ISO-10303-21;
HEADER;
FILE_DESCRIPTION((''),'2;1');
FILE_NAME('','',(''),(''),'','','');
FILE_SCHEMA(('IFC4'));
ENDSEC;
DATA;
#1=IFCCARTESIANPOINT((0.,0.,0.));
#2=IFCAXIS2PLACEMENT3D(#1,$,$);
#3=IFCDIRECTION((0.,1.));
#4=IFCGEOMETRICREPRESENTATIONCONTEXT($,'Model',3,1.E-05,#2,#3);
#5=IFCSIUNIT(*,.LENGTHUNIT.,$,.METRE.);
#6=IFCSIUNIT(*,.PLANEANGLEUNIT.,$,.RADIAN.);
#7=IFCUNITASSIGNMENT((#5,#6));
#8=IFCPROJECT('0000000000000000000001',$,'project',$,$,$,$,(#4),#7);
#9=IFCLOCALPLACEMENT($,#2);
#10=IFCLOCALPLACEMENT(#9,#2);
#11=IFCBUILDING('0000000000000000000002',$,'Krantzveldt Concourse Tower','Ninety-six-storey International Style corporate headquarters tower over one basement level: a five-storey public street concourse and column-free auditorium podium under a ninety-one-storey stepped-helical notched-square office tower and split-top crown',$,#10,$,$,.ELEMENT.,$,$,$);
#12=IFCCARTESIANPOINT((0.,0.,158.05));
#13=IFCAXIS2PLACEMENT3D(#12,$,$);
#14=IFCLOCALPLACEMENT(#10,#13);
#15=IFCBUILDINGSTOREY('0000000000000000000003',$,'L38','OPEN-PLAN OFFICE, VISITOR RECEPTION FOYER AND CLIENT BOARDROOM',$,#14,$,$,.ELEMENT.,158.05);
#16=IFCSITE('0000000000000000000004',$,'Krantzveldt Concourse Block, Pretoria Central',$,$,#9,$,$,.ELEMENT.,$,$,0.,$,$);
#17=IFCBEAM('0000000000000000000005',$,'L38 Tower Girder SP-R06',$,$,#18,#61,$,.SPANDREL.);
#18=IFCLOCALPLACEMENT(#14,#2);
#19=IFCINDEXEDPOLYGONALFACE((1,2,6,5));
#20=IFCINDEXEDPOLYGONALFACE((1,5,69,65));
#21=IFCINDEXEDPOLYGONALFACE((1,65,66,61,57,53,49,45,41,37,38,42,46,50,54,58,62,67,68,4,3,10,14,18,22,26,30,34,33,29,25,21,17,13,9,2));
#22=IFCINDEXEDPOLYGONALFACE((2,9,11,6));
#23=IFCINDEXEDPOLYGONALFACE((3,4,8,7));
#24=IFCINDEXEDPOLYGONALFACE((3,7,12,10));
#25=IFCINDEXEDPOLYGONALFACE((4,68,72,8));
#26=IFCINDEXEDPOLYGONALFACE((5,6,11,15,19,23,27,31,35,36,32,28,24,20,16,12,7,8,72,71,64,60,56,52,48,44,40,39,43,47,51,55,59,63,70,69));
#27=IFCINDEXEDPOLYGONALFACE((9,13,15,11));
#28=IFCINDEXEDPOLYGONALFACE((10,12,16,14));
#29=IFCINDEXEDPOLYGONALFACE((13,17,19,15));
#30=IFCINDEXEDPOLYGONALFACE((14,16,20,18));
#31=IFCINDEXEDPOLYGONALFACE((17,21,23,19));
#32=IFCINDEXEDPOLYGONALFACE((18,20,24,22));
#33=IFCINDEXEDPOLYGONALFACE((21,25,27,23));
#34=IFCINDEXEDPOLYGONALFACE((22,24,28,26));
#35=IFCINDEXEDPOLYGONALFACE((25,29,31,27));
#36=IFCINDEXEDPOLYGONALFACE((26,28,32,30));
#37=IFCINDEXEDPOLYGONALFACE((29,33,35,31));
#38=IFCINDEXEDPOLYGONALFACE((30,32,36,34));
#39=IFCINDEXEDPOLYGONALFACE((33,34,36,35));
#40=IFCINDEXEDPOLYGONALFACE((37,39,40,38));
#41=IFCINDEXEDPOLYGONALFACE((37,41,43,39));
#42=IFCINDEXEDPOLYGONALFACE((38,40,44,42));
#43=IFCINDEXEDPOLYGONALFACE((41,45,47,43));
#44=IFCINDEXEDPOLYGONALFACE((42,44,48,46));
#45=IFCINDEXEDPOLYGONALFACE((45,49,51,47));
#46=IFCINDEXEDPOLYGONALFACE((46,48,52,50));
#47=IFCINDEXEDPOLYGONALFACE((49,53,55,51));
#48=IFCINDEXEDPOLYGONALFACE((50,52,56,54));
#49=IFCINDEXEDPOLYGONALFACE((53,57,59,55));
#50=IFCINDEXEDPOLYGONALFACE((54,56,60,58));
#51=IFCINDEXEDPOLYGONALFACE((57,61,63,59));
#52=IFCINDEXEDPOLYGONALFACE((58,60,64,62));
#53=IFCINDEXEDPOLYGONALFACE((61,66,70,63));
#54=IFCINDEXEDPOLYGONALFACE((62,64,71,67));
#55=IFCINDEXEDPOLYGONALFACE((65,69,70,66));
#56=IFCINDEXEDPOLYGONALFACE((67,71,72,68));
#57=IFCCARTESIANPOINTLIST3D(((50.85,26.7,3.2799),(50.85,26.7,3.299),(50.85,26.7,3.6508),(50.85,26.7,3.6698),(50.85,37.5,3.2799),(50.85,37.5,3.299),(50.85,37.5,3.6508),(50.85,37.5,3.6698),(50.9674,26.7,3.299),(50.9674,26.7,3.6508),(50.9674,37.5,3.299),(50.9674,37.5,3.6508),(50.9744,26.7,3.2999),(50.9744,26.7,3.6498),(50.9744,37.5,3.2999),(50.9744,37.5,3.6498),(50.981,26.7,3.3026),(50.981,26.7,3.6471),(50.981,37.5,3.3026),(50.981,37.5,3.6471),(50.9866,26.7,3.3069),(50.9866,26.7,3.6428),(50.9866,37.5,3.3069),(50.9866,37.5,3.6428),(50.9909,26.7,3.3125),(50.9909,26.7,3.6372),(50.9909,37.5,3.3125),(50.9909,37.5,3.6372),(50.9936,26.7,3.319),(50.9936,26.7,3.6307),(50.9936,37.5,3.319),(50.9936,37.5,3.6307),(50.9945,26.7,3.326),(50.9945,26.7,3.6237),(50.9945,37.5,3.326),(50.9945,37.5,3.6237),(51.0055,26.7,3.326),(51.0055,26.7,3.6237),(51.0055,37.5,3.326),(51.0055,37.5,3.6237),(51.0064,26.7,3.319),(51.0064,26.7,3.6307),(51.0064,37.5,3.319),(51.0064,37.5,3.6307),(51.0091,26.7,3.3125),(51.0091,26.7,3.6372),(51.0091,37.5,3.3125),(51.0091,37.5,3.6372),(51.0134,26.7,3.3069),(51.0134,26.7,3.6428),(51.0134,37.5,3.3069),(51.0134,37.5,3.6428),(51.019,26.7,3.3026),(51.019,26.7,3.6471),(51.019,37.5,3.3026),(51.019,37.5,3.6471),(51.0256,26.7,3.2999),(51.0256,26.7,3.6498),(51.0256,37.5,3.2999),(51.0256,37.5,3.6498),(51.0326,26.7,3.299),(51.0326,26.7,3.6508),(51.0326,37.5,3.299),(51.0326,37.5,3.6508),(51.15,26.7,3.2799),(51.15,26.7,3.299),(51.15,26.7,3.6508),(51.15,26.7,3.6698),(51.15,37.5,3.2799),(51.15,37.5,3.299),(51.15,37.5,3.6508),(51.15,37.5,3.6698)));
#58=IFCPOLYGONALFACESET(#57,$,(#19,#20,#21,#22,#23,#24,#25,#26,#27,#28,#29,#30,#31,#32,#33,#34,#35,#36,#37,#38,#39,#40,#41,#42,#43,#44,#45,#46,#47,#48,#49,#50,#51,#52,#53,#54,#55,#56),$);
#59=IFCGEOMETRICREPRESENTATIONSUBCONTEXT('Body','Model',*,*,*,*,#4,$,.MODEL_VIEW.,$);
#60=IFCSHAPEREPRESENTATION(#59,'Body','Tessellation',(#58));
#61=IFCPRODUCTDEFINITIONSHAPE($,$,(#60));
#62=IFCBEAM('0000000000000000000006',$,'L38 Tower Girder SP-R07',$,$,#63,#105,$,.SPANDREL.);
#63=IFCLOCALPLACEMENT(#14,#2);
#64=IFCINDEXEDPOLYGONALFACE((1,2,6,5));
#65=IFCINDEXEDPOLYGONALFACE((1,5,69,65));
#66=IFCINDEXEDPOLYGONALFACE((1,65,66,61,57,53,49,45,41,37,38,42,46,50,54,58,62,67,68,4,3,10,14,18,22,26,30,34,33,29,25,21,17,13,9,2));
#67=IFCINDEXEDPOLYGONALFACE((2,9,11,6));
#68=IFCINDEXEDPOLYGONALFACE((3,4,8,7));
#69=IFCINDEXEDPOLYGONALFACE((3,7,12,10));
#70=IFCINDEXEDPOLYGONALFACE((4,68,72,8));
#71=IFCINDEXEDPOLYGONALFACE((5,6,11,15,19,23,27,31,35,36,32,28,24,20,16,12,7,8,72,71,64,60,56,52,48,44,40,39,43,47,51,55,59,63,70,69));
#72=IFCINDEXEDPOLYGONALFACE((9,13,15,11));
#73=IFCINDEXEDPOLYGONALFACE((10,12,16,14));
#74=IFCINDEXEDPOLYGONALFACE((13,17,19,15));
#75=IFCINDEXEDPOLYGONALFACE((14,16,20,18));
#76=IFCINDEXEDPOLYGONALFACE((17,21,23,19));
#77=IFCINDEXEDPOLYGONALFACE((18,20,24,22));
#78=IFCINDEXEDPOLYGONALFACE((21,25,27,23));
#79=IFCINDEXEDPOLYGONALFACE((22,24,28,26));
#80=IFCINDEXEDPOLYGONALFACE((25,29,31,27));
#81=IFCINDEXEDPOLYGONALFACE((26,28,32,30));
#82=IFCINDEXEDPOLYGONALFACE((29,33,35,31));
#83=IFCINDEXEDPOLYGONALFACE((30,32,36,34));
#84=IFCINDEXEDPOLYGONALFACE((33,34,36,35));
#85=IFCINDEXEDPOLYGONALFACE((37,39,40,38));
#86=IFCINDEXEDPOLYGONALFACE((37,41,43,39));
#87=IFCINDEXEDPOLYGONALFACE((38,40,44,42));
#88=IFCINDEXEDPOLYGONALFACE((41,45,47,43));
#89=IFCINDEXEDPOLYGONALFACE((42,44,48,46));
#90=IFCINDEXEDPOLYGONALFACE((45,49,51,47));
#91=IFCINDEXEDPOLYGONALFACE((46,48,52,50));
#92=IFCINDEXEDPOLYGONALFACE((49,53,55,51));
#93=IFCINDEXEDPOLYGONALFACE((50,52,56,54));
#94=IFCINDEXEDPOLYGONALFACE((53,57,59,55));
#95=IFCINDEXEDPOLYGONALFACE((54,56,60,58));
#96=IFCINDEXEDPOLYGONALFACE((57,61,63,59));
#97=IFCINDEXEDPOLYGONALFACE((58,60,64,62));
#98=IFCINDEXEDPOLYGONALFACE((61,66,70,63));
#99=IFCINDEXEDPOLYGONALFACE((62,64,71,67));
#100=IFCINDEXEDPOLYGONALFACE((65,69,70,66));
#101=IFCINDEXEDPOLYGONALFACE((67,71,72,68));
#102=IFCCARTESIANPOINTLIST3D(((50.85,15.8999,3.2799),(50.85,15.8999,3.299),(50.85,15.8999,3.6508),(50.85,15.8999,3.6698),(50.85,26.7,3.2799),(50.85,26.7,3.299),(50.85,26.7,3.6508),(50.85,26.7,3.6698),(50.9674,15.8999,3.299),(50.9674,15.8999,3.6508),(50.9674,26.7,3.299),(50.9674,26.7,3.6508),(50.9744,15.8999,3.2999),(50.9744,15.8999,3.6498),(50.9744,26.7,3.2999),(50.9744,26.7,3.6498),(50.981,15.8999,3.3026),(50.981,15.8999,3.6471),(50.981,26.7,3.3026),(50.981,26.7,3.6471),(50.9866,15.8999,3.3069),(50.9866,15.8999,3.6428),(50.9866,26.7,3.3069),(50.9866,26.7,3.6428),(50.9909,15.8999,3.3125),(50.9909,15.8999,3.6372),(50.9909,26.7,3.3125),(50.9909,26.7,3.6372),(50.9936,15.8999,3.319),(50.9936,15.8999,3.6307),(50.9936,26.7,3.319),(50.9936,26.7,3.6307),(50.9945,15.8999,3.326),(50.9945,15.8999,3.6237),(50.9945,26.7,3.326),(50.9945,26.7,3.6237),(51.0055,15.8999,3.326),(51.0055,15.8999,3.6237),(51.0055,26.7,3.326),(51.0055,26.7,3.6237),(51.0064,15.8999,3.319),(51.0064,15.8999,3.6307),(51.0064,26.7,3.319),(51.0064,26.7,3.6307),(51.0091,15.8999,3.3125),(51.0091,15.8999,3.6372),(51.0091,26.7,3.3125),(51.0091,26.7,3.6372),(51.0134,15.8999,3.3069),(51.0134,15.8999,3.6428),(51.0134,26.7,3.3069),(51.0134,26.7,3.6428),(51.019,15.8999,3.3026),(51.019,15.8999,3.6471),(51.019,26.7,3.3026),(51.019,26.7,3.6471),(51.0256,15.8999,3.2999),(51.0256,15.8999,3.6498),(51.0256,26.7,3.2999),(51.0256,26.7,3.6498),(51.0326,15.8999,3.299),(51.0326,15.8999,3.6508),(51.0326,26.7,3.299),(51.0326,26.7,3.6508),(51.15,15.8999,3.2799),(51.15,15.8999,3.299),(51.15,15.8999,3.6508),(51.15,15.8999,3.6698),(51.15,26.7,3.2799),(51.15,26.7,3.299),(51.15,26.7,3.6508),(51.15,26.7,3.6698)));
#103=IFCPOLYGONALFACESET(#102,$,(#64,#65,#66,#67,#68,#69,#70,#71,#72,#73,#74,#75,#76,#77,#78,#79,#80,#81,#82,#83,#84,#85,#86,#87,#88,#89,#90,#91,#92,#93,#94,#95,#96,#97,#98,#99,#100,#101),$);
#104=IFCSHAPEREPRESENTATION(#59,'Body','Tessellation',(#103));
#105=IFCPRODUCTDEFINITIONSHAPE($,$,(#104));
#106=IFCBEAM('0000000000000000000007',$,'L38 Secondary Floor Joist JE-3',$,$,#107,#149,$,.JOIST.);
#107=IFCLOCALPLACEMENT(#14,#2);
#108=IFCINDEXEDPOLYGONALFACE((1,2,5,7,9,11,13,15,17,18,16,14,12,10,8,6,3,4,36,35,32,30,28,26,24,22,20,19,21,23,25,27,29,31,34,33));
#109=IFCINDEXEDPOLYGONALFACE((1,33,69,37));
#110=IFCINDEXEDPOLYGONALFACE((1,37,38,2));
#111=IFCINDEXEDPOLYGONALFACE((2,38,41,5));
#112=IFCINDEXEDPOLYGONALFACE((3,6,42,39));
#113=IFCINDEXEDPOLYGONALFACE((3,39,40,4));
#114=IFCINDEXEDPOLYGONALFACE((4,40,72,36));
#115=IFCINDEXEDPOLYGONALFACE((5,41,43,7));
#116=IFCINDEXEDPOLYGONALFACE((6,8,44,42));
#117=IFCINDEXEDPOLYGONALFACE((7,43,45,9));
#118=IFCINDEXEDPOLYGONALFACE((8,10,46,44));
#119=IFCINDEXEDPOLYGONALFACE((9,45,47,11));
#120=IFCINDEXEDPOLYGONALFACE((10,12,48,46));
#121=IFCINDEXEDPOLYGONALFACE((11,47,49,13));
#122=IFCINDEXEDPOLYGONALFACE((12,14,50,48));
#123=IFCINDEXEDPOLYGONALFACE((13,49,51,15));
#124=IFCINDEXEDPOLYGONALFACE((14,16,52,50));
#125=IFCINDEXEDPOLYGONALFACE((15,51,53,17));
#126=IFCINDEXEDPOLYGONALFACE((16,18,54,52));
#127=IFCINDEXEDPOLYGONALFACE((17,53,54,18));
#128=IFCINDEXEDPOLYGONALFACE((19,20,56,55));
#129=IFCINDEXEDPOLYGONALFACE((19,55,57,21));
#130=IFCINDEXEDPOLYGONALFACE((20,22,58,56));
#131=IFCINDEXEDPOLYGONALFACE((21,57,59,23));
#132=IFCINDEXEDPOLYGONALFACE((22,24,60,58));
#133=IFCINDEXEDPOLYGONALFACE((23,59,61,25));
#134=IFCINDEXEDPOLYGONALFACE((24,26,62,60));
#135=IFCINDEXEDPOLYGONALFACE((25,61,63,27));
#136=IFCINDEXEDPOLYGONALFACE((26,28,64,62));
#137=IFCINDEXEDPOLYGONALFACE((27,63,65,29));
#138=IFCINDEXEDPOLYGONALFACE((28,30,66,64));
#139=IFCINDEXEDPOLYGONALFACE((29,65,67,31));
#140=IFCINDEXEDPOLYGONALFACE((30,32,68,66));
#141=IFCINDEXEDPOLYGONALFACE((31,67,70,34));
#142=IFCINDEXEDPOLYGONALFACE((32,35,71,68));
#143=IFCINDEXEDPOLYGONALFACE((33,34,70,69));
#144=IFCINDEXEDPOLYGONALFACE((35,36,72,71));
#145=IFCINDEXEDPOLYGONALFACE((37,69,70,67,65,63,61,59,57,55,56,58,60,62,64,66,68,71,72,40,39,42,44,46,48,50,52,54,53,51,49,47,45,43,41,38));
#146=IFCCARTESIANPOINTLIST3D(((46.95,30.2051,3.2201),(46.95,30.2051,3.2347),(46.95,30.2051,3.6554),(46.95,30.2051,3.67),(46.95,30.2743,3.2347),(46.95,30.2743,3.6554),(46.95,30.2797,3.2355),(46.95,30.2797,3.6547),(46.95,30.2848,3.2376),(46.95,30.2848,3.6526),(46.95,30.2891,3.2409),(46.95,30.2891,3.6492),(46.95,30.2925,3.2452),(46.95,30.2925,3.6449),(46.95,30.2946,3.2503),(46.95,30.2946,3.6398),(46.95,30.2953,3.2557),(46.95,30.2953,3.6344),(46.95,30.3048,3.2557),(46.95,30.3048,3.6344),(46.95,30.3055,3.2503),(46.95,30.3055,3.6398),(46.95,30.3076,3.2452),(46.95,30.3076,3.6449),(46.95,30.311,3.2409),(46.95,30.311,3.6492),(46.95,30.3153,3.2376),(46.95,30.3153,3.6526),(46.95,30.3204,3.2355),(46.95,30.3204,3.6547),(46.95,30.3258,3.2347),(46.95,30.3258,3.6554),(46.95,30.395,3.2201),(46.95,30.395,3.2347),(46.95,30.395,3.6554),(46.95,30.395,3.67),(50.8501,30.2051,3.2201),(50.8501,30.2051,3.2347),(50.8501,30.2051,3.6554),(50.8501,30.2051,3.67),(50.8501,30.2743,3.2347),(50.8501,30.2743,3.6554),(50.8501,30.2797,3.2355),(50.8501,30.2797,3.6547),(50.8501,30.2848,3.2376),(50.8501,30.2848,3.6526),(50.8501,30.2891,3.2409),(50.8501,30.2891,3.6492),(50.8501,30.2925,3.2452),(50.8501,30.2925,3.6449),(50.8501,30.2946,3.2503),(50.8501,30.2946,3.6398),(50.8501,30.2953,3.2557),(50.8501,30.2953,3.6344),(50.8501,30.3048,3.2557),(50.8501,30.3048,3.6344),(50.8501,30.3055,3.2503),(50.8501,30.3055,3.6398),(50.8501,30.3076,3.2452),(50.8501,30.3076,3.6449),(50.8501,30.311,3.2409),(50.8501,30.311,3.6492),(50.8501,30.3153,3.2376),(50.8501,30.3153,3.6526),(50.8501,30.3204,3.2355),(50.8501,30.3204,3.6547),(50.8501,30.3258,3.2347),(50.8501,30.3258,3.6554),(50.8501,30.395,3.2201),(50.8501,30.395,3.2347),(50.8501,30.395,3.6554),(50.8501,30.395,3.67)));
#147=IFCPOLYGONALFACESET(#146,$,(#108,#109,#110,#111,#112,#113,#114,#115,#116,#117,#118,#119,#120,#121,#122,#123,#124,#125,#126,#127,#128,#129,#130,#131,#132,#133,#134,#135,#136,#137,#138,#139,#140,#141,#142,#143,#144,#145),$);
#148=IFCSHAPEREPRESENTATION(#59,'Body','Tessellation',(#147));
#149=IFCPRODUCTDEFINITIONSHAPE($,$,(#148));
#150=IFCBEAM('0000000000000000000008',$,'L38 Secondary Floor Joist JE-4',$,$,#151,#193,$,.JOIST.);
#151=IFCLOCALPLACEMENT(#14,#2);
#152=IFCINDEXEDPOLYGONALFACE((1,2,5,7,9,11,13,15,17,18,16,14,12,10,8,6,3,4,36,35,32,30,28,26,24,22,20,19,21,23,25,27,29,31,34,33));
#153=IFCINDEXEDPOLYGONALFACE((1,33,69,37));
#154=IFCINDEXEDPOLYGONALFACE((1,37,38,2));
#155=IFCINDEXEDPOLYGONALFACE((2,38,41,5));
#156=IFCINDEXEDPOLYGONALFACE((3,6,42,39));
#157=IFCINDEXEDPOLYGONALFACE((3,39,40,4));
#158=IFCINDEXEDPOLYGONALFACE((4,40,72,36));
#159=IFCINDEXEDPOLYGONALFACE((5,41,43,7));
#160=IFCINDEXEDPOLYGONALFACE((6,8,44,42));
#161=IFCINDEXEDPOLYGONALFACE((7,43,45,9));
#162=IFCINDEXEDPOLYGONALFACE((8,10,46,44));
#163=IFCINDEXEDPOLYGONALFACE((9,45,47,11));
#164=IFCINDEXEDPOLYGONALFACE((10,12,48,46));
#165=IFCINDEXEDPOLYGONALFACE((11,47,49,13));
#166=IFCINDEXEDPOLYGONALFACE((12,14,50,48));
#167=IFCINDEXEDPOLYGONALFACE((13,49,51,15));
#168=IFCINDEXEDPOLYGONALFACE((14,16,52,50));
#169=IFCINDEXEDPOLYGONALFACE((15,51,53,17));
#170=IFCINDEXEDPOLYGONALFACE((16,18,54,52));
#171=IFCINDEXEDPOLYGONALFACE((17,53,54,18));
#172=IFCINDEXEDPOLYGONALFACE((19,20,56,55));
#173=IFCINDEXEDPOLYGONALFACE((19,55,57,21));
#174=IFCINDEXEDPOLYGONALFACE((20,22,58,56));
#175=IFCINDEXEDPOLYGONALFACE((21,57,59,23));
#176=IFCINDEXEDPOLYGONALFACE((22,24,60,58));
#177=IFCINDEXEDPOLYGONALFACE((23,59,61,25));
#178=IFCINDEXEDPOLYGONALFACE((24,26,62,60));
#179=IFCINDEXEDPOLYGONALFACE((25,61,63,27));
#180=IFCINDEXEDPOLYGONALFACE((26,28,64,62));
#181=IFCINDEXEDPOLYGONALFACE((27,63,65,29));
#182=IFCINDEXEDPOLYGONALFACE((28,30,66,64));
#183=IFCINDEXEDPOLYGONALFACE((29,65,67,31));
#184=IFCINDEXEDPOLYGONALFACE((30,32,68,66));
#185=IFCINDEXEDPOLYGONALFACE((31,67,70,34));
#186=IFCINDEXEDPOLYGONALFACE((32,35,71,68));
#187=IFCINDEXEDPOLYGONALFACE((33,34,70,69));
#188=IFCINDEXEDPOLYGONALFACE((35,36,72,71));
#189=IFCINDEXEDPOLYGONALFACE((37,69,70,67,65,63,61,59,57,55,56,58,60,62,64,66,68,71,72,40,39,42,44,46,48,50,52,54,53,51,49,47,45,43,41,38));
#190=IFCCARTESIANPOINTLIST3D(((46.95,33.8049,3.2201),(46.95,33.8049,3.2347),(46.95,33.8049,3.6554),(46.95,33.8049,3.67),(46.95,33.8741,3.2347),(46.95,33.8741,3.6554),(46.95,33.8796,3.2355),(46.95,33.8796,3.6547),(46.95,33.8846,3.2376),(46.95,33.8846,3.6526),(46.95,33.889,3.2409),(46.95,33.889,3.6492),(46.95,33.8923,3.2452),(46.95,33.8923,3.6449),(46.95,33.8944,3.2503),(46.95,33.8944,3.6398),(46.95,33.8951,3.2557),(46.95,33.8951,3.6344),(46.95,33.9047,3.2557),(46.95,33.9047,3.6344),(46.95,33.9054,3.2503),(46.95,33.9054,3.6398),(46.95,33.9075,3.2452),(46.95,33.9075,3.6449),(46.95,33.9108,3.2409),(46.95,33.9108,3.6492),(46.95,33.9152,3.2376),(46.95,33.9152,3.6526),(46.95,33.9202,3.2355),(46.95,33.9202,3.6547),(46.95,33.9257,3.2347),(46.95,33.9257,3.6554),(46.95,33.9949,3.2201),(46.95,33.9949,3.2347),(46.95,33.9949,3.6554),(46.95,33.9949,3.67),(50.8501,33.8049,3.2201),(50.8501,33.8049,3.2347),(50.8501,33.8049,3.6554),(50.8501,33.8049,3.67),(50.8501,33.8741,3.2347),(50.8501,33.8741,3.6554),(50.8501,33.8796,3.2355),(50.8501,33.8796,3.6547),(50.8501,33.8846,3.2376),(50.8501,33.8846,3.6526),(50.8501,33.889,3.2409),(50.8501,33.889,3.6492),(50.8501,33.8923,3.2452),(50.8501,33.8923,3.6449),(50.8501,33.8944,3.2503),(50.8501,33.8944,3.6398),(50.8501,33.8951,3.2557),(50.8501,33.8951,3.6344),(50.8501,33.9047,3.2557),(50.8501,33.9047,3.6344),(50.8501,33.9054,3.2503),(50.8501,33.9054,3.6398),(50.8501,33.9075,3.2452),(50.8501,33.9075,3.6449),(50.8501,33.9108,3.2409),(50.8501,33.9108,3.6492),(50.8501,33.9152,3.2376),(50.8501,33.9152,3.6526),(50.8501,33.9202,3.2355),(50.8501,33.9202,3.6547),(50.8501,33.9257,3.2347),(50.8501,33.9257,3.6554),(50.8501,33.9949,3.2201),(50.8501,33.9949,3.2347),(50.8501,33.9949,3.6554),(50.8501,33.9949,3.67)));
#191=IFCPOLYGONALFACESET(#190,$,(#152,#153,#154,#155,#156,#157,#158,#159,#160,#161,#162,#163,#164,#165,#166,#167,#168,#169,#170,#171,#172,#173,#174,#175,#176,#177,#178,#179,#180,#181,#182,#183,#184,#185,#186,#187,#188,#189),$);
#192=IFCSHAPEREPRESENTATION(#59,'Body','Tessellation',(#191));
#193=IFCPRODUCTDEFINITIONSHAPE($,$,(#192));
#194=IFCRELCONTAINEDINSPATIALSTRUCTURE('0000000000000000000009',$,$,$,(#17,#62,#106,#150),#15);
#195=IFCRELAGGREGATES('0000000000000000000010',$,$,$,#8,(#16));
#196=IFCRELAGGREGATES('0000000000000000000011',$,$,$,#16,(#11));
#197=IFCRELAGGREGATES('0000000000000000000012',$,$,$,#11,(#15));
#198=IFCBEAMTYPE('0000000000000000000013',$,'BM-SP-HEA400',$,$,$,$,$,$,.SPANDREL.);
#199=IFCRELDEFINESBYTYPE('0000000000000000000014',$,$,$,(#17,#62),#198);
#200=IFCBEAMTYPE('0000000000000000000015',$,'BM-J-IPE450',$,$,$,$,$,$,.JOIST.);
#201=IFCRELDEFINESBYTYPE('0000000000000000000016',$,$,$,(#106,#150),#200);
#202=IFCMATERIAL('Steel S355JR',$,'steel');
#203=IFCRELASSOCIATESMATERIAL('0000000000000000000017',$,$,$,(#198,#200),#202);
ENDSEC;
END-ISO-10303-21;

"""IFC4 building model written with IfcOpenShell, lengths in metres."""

from ifc_helpers import new_model, si_unit, direction, frame, origin, origin_2d, place, context, subcontext, project, spatial, i_section, extrude, source, transform, mapped, material, material_profile, profile_set, type_object, type_shapes, element, save


model = new_model("IFC4")

# Units and contexts
model_context = context("Model", 3, precision=1e-05, world=origin(), true_north=direction((0.0, 1.0)))
body_context = subcontext(model_context, "Body", "Model", "MODEL_VIEW")
ifc_project = project(units=[si_unit("LENGTHUNIT", "METRE"), si_unit("PLANEANGLEUNIT", "RADIAN")], contexts=[model_context])

# Site, building, storey
site_placement = place(None, origin())
site = spatial("IfcSite", under=ifc_project, at=site_placement, Name="Krantzveldt Concourse Block, Pretoria Central", CompositionType="ELEMENT", RefElevation=0.0)
building_placement = place(site_placement, origin())
building = spatial("IfcBuilding", under=site, at=building_placement, Name="Krantzveldt Concourse Tower", Description="Ninety-six-storey International Style corporate headquarters tower over one basement level: a five-storey public street concourse and column-free auditorium podium under a ninety-one-storey stepped-helical notched-square office tower and split-top crown", CompositionType="ELEMENT")
storey_placement = place(building_placement, frame((0.0, 0.0, 158.05)))
storey = spatial("IfcBuildingStorey", under=building, at=storey_placement, Name="L38", Description="OPEN-PLAN OFFICE, VISITOR RECEPTION FOYER AND CLIENT BOARDROOM", CompositionType="ELEMENT", Elevation=158.05)

# Beams
ifc_material_1 = material(Name="Steel S355JR", Category="steel")
ifc_material_profile_1 = material_profile(ifc_material_1, i_section(OverallWidth=0.3, OverallDepth=0.3899, WebThickness=0.011, FlangeThickness=0.019, FilletRadius=0.0271, at=origin_2d()), Name="Steel S355JR", Category="steel")
ifc_profile_set_1 = profile_set([ifc_material_profile_1], Name="Steel S355JR - HEA 400")
beam_type_1 = type_object("IfcBeamType", Name="BM-SP-HEA400", PredefinedType="SPANDREL", material=ifc_profile_set_1)
shared_shape_1 = source(origin(), body_context, "Body", "SweptSolid", [
    extrude(i_section(OverallWidth=0.3, OverallDepth=0.3899, WebThickness=0.011, FlangeThickness=0.019, FilletRadius=0.0271, at=origin_2d()), origin(), (0.0, 0.0, 1.0), 10.8),
])
type_shapes(beam_type_1, [shared_shape_1])
for number, where, z_axis, x_axis, name in (
    (1, (51.0, 37.5, 3.4749), (0.0, -1.0, 0.0), (1.0, 0.0, 0.0), "L38 Tower Girder SP-R06"),
    (2, (51.0, 26.7, 3.4749), (0.0, -1.0, 0.0), (1.0, 0.0, 0.0), "L38 Tower Girder SP-R07"),
):
    element("IfcBeam", number, at=place(storey_placement, frame(where, z_axis=z_axis, x_axis=x_axis)), inside=storey, type_object=beam_type_1, Name=name, PredefinedType="SPANDREL", context=body_context, shape_type="MappedRepresentation", body=[
        mapped(shared_shape_1, transform((0.0, 0.0, 0.0), x_axis=(1.0, 0.0, 0.0), y_axis=(0.0, 1.0, 0.0), z_axis=(0.0, 0.0, 1.0), scale=1.0)),
    ])
ifc_material_profile_2 = material_profile(ifc_material_1, i_section(OverallWidth=0.1899, OverallDepth=0.45, WebThickness=0.0095, FlangeThickness=0.0146, FilletRadius=0.021, at=origin_2d()), Name="Steel S355JR", Category="steel")
ifc_profile_set_2 = profile_set([ifc_material_profile_2], Name="Steel S355JR - IPE 450")
beam_type_2 = type_object("IfcBeamType", Name="BM-J-IPE450", PredefinedType="JOIST", material=ifc_profile_set_2)
shared_shape_2 = source(origin(), body_context, "Body", "SweptSolid", [
    extrude(i_section(OverallWidth=0.1899, OverallDepth=0.45, WebThickness=0.0095, FlangeThickness=0.0146, FilletRadius=0.021, at=origin_2d()), origin(), (0.0, 0.0, 1.0), 3.9001),
])
type_shapes(beam_type_2, [shared_shape_2])
for number, where, z_axis, x_axis, name in (
    (3, (46.95, 30.3, 3.4451), (1.0, 0.0, 0.0), (0.0, 1.0, 0.0), "L38 Secondary Floor Joist JE-3"),
    (4, (46.95, 33.8999, 3.4451), (1.0, 0.0, 0.0), (0.0, 1.0, 0.0), "L38 Secondary Floor Joist JE-4"),
):
    element("IfcBeam", number, at=place(storey_placement, frame(where, z_axis=z_axis, x_axis=x_axis)), inside=storey, type_object=beam_type_2, Name=name, PredefinedType="JOIST", context=body_context, shape_type="MappedRepresentation", body=[
        mapped(shared_shape_2, transform((0.0, 0.0, 0.0), x_axis=(1.0, 0.0, 0.0), y_axis=(0.0, 1.0, 0.0), z_axis=(0.0, 0.0, 1.0), scale=1.0)),
    ])

save(model, "model.ifc")
